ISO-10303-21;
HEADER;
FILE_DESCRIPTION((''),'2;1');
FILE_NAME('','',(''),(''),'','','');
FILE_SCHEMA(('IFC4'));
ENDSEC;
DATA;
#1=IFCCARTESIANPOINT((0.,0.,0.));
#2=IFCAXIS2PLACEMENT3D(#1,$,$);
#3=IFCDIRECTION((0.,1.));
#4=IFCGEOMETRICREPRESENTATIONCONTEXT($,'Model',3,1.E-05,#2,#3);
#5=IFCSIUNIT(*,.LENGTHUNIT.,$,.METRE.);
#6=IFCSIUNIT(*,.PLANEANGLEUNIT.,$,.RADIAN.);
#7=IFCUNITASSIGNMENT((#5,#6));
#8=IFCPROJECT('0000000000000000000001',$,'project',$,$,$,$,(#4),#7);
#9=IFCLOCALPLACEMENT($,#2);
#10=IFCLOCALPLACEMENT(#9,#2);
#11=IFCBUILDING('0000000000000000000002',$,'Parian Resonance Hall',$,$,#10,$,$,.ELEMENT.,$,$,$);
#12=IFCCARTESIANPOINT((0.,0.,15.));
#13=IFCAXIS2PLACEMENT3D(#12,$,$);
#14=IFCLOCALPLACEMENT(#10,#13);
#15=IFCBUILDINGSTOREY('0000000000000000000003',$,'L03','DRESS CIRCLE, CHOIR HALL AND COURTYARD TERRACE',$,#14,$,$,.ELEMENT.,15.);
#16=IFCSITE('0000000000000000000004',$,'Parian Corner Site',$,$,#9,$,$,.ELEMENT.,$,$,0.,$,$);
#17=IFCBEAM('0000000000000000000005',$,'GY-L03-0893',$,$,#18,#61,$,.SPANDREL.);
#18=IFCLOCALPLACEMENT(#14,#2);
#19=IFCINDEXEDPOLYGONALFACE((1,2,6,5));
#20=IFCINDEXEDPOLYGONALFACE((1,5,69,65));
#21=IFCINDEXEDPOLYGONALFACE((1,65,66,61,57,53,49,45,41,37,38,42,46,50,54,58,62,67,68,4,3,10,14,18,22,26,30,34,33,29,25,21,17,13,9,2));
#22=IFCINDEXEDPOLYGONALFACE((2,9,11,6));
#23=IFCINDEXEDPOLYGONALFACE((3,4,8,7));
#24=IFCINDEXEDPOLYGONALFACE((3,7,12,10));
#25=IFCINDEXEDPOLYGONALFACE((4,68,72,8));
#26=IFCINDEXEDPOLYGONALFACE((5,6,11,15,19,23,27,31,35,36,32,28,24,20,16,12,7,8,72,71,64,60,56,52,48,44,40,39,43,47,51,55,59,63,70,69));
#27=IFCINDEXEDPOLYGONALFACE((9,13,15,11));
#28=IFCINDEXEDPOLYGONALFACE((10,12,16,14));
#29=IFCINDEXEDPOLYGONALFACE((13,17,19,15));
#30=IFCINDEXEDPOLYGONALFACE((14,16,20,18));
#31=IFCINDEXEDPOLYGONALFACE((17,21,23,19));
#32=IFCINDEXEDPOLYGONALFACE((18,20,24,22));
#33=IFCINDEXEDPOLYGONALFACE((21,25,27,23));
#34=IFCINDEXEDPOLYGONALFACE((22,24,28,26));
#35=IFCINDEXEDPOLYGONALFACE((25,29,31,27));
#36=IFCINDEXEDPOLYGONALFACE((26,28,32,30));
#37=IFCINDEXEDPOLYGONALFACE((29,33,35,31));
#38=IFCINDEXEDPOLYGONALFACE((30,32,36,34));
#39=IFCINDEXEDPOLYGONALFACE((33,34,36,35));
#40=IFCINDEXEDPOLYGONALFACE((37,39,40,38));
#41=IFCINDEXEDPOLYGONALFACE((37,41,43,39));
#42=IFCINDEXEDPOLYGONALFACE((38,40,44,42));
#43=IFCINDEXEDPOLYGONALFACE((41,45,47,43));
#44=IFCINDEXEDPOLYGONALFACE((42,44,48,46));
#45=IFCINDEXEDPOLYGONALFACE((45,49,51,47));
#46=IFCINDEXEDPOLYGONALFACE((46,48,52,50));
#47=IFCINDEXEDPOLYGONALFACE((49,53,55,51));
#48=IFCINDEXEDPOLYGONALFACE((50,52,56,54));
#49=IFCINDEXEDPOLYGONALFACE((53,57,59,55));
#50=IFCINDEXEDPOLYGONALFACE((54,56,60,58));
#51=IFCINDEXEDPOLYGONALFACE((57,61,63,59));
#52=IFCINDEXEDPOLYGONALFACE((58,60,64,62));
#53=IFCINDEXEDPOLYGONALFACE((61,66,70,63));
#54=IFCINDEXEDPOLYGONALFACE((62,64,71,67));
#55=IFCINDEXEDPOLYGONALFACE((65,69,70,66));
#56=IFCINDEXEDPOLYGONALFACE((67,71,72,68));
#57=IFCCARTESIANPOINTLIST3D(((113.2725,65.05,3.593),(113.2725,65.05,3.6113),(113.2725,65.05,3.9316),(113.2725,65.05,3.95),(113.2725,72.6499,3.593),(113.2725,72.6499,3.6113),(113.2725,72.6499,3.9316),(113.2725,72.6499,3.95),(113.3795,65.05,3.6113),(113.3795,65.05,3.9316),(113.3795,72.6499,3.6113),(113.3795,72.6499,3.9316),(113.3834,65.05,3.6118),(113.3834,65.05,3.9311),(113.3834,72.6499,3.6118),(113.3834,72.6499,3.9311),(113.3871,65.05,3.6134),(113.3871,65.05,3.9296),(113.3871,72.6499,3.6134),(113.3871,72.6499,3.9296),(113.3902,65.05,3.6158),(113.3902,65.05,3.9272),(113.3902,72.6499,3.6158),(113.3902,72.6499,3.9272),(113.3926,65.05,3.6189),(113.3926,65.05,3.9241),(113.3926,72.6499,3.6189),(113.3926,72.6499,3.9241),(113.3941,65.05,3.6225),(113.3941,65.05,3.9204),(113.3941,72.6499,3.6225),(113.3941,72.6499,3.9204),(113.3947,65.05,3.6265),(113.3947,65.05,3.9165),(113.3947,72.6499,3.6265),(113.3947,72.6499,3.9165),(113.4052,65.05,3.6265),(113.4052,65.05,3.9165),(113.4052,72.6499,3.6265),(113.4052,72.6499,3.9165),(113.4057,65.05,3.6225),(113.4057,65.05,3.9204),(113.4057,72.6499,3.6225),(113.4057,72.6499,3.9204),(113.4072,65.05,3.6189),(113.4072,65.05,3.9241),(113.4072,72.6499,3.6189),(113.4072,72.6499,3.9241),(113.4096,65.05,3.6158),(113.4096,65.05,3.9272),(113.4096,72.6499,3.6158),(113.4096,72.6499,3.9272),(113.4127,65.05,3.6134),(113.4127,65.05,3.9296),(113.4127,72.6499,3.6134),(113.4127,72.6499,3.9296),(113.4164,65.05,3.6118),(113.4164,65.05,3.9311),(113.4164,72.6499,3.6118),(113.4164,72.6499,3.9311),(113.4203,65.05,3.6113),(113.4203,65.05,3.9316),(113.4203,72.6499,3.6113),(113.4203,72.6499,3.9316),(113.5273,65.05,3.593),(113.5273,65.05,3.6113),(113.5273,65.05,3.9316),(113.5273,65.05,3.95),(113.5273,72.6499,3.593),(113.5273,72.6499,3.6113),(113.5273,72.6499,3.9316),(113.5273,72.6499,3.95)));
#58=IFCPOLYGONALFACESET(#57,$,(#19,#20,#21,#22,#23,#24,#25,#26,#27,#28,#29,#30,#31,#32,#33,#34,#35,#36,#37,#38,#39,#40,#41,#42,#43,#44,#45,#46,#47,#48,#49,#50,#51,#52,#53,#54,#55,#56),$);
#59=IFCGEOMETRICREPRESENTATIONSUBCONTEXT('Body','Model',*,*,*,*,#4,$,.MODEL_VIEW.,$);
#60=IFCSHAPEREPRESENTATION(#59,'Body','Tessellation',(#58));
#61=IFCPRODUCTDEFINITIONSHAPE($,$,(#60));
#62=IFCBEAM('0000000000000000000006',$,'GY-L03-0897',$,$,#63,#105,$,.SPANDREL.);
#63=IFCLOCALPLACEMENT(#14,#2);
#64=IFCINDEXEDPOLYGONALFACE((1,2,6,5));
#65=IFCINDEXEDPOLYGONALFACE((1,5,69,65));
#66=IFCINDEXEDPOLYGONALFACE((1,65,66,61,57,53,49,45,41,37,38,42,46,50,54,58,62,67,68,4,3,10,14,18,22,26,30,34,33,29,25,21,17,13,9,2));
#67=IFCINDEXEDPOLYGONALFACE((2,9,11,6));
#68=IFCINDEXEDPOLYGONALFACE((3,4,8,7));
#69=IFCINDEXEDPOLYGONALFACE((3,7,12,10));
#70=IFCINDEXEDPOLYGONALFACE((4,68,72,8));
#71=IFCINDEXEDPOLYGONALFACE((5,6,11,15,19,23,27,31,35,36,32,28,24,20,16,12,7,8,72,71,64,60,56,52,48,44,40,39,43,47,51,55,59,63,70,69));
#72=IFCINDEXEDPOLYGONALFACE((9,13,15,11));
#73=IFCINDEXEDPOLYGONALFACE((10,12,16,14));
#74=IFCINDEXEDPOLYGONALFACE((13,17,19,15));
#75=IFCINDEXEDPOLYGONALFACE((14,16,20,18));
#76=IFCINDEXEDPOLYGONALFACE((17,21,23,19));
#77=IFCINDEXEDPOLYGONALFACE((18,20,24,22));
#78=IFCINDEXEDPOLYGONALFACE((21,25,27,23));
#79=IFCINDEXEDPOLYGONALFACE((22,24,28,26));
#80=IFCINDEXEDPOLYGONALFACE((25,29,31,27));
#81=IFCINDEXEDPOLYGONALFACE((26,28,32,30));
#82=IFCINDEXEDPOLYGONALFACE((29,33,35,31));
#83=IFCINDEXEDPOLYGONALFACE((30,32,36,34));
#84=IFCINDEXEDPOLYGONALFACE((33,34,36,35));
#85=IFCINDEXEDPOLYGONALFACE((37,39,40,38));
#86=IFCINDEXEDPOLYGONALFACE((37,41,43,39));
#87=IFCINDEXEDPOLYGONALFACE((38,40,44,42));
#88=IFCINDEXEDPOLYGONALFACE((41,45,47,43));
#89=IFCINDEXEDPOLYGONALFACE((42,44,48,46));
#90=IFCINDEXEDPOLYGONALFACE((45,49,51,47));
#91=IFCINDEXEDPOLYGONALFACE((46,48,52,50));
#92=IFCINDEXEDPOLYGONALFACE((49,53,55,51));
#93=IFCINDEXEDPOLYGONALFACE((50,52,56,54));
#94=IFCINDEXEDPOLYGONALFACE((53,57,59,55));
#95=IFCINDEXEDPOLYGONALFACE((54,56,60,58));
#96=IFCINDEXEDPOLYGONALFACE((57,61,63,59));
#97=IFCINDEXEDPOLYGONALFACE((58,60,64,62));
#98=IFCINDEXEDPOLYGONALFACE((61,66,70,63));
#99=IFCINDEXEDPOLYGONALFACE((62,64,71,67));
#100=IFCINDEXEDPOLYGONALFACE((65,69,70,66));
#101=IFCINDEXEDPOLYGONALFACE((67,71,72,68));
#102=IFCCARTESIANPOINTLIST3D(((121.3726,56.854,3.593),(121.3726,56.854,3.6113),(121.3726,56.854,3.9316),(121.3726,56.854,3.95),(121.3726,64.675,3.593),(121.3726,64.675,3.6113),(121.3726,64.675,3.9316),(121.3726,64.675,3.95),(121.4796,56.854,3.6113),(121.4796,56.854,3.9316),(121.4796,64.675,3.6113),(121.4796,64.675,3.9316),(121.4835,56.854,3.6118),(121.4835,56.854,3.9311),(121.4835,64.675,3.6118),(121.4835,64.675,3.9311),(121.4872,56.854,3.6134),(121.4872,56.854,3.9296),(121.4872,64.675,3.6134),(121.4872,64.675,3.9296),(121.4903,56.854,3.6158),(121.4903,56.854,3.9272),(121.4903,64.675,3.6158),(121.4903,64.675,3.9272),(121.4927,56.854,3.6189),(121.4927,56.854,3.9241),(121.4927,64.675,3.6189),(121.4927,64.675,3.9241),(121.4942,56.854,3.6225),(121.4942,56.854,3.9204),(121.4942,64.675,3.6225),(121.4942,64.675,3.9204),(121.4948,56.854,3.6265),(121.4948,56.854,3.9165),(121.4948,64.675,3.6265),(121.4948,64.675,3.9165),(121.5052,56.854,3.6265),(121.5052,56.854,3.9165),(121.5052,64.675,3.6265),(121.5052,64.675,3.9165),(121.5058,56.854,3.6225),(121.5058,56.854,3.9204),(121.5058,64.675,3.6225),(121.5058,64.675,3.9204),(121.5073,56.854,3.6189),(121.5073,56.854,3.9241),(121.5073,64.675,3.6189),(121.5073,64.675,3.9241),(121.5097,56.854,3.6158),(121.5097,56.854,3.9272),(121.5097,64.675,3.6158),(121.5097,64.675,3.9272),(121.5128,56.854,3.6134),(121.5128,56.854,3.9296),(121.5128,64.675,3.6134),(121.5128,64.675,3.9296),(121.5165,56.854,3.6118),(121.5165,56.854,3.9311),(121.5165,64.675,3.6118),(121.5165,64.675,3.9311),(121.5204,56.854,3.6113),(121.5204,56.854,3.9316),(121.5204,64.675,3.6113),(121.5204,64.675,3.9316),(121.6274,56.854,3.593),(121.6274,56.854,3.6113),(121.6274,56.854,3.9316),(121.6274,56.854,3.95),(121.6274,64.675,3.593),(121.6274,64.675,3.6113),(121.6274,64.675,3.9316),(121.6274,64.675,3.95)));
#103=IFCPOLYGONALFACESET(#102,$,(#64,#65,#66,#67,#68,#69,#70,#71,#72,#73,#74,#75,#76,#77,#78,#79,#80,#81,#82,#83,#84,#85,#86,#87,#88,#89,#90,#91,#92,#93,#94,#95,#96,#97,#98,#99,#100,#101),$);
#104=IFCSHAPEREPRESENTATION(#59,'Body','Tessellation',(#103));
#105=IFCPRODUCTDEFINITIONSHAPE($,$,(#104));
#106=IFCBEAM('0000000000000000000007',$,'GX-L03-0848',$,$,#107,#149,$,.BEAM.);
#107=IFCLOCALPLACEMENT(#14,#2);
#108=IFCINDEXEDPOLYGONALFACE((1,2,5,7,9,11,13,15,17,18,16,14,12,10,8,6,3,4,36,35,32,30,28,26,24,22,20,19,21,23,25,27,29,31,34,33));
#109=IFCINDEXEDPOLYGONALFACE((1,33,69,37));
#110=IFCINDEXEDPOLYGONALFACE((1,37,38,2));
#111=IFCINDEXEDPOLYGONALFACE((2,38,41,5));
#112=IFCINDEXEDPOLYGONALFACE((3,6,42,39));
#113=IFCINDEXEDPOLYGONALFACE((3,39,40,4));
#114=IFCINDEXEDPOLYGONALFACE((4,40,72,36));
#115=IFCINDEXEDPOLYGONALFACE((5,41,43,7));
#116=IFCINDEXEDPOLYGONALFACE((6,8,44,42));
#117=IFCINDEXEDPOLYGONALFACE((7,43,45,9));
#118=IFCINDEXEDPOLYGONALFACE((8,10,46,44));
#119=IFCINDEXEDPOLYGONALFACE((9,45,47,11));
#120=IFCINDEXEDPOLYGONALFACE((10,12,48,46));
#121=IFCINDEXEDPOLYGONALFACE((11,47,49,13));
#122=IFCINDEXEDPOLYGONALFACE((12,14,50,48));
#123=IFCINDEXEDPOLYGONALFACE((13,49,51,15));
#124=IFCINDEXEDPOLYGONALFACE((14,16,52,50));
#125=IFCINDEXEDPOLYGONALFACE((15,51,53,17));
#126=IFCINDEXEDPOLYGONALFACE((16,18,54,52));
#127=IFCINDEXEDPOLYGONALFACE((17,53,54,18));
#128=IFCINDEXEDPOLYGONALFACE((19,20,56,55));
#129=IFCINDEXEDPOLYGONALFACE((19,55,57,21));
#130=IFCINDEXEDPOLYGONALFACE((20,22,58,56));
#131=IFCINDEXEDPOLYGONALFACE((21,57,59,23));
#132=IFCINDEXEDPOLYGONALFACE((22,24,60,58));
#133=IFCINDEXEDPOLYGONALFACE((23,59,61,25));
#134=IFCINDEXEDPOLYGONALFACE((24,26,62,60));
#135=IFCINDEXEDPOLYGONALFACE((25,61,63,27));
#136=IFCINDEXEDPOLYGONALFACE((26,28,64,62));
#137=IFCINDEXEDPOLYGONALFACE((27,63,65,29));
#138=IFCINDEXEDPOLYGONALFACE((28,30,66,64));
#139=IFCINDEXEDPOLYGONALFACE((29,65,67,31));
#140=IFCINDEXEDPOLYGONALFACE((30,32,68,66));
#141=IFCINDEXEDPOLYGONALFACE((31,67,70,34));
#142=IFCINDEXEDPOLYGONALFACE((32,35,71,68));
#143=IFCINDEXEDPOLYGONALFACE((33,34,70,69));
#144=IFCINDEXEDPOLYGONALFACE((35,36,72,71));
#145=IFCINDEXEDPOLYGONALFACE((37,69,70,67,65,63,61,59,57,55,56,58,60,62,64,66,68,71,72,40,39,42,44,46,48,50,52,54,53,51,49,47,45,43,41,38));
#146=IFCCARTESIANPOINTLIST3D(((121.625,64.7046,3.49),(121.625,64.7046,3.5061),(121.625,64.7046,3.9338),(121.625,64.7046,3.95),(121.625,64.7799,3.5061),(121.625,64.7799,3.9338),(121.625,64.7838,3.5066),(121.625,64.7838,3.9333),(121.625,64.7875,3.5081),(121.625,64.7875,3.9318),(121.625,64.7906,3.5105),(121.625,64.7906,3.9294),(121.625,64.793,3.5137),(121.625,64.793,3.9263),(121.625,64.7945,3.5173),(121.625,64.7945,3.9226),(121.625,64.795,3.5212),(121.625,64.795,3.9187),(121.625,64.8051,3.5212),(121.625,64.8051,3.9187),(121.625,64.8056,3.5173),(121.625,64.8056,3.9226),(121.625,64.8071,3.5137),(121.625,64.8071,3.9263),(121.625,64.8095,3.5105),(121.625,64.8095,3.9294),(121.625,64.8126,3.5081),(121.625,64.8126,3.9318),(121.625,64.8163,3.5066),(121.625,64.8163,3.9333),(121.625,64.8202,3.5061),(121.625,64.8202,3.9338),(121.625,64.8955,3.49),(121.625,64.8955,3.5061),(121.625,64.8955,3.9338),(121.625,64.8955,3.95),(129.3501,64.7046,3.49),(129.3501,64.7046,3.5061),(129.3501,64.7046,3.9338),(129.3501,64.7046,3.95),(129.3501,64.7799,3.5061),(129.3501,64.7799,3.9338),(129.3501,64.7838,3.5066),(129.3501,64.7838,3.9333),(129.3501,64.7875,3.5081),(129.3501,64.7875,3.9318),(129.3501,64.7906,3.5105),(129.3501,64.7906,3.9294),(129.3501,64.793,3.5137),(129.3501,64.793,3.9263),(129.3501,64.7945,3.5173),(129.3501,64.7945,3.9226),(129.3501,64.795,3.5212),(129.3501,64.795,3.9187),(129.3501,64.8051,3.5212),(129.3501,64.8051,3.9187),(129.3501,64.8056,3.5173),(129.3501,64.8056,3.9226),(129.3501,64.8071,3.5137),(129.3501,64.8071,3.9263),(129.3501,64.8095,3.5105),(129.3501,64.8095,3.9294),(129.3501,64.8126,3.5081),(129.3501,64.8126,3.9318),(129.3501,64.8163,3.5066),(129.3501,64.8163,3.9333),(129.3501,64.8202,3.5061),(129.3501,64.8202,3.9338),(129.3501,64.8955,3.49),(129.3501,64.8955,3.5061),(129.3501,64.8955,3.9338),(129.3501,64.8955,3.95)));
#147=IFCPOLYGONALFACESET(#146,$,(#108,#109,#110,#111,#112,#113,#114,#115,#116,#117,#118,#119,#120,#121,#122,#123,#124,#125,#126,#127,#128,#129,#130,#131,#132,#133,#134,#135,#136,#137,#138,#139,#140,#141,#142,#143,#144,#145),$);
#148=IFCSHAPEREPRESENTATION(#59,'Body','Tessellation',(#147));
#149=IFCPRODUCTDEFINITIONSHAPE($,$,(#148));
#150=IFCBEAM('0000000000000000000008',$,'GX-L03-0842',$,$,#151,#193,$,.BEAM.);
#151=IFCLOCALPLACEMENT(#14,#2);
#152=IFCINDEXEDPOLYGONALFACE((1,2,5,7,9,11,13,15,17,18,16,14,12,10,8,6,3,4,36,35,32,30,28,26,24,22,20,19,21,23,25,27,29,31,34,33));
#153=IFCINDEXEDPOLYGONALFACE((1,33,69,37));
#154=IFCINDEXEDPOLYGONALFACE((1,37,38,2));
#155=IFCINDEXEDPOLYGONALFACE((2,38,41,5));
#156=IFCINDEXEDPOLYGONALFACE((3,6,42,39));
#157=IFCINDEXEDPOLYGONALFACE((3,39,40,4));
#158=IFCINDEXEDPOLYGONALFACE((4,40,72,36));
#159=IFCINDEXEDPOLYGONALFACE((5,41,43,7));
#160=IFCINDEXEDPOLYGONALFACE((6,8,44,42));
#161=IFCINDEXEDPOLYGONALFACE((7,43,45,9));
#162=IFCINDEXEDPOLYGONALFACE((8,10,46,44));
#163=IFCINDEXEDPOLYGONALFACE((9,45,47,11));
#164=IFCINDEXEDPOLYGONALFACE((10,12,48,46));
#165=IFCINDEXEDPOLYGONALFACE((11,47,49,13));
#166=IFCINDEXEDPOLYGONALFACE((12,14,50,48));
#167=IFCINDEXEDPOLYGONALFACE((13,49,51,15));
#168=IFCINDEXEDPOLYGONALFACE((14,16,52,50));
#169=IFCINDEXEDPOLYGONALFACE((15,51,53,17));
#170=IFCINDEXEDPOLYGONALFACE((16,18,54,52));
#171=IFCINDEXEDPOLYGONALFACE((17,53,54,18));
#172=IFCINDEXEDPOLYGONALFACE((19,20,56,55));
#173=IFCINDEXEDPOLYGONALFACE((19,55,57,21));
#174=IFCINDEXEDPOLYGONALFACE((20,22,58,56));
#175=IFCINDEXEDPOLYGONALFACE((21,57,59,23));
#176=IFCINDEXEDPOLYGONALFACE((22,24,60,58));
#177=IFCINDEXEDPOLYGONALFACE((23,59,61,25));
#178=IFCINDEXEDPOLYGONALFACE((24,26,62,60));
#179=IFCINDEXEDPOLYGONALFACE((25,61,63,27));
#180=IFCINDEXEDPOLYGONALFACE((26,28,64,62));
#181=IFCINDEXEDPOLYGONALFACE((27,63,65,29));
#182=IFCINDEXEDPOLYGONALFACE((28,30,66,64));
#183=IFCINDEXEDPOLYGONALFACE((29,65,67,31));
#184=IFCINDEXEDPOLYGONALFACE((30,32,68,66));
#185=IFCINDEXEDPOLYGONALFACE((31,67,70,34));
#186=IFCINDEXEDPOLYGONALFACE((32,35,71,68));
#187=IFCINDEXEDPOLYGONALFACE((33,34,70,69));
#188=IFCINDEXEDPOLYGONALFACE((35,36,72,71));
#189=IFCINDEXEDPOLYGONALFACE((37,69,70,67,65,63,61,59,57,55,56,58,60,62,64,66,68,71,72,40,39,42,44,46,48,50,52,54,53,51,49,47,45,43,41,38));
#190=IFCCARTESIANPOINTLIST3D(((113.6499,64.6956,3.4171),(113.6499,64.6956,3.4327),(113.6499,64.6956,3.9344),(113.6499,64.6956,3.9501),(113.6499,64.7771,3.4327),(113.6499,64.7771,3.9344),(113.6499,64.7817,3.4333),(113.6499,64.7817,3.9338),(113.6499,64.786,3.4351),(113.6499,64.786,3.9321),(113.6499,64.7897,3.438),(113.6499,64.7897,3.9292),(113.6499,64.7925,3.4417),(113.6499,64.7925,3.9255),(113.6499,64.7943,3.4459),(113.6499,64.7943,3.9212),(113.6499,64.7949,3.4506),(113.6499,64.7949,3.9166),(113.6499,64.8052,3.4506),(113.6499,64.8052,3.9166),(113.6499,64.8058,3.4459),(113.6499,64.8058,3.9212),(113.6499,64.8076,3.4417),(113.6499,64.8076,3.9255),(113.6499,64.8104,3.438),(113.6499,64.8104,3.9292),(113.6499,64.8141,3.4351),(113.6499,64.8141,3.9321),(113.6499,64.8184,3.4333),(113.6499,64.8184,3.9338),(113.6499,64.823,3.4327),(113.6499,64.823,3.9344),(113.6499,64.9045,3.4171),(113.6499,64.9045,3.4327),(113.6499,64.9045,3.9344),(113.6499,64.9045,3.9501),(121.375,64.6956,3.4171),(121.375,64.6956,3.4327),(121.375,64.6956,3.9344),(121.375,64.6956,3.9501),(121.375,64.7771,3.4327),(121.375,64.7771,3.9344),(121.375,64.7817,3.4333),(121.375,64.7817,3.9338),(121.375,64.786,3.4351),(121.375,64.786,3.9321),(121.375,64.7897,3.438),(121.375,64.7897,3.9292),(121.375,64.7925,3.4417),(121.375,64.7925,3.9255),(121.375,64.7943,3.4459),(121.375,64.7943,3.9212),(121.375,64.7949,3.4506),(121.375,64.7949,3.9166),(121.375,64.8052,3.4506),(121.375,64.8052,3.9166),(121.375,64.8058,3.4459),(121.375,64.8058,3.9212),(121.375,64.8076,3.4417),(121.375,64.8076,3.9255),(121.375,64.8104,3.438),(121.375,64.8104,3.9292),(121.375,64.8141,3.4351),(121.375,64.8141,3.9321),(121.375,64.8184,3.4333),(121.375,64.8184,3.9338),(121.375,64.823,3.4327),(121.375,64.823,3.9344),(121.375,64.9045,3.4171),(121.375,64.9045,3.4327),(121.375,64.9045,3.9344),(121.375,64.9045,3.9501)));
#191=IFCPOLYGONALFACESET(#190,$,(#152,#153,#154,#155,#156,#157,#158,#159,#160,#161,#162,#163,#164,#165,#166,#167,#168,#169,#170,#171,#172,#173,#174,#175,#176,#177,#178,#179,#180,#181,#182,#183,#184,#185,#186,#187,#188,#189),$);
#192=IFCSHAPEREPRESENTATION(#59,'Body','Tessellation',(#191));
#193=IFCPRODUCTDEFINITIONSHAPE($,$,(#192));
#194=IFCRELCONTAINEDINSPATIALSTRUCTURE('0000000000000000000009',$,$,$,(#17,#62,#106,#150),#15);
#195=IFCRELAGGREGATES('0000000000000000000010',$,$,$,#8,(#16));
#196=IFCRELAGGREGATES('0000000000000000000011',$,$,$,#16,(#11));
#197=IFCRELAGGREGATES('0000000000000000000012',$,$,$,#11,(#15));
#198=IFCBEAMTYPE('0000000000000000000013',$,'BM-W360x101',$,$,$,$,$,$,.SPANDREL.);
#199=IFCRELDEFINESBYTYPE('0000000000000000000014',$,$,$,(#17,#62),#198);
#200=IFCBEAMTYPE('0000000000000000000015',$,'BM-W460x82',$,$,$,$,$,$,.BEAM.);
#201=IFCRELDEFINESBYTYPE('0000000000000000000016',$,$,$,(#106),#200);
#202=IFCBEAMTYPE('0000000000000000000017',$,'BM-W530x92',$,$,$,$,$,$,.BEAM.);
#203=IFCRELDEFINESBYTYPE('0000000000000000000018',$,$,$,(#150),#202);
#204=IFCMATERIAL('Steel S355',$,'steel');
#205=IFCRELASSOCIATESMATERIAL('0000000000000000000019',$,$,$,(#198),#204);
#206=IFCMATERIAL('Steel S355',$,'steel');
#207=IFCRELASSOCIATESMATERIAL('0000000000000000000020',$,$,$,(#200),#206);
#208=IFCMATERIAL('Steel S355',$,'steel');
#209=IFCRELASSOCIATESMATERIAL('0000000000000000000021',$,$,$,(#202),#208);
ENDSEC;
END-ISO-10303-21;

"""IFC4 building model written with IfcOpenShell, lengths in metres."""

from ifc_helpers import new_model, si_unit, direction, frame, origin, origin_2d, place, context, subcontext, project, spatial, i_section, extrude, material, material_profile, profile_set, type_object, element, save


model = new_model("IFC4")

# Units and contexts
model_context = context("Model", 3, precision=1e-05, world=origin(), true_north=direction((0.0, 1.0)))
body_context = subcontext(model_context, "Body", "Model", "MODEL_VIEW")
ifc_project = project(units=[si_unit("LENGTHUNIT", "METRE"), si_unit("PLANEANGLEUNIT", "RADIAN")], contexts=[model_context])

# Site, building, storey
site_placement = place(None, origin())
site = spatial("IfcSite", under=ifc_project, at=site_placement, Name="Parian Corner Site", CompositionType="ELEMENT", RefElevation=0.0)
building_placement = place(site_placement, origin())
building = spatial("IfcBuilding", under=site, at=building_placement, Name="Parian Resonance Hall", CompositionType="ELEMENT")
storey_placement = place(building_placement, frame((0.0, 0.0, 15.0)))
storey = spatial("IfcBuildingStorey", under=building, at=storey_placement, Name="L03", Description="DRESS CIRCLE, CHOIR HALL AND COURTYARD TERRACE", CompositionType="ELEMENT", Elevation=15.0)

# Beams
ifc_material_1 = material(Name="Steel S355", Category="steel")
ifc_material_profile_1 = material_profile(ifc_material_1, i_section(OverallWidth=0.2549, OverallDepth=0.3569, WebThickness=0.0105, FlangeThickness=0.0183, FilletRadius=0.0151, at=origin_2d()), Name="W360x101")
ifc_profile_set_1 = profile_set([ifc_material_profile_1], Name="Steel S355")
beam_type_1 = type_object("IfcBeamType", Name="BM-W360x101", PredefinedType="SPANDREL", material=ifc_profile_set_1)
beam_1_placement = place(storey_placement, frame((113.3999, 65.05, 3.7715), z_axis=(0.0, 1.0, 0.0), x_axis=(-1.0, 0.0, 0.0)))
element("IfcBeam", 1, at=beam_1_placement, inside=storey, type_object=beam_type_1, Name="GY-L03-0893", PredefinedType="SPANDREL", context=body_context, shape_type="SweptSolid", body=[
    extrude(i_section(OverallWidth=0.2549, OverallDepth=0.3569, WebThickness=0.0105, FlangeThickness=0.0183, FilletRadius=0.0151, at=origin_2d()), origin(), (0.0, 0.0, 1.0), 7.5999),
])
beam_2_placement = place(storey_placement, frame((121.5, 56.854, 3.7715), z_axis=(0.0, 1.0, 0.0), x_axis=(-1.0, 0.0, 0.0)))
element("IfcBeam", 2, at=beam_2_placement, inside=storey, type_object=beam_type_1, Name="GY-L03-0897", PredefinedType="SPANDREL", context=body_context, shape_type="SweptSolid", body=[
    extrude(i_section(OverallWidth=0.2549, OverallDepth=0.3569, WebThickness=0.0105, FlangeThickness=0.0183, FilletRadius=0.0151, at=origin_2d()), origin(), (0.0, 0.0, 1.0), 7.821),
])
ifc_material_2 = material(Name="Steel S355", Category="steel")
ifc_material_profile_2 = material_profile(ifc_material_2, i_section(OverallWidth=0.1909, OverallDepth=0.46, WebThickness=0.01, FlangeThickness=0.0161, FilletRadius=0.0151, at=origin_2d()), Name="W460x82")
ifc_profile_set_2 = profile_set([ifc_material_profile_2], Name="Steel S355")
beam_type_2 = type_object("IfcBeamType", Name="BM-W460x82", PredefinedType="BEAM", material=ifc_profile_set_2)
beam_3_placement = place(storey_placement, frame((121.625, 64.8, 3.72), z_axis=(1.0, 0.0, 0.0), x_axis=(0.0, 1.0, 0.0)))
element("IfcBeam", 3, at=beam_3_placement, inside=storey, type_object=beam_type_2, Name="GX-L03-0848", PredefinedType="BEAM", context=body_context, shape_type="SweptSolid", body=[
    extrude(i_section(OverallWidth=0.1909, OverallDepth=0.46, WebThickness=0.01, FlangeThickness=0.0161, FilletRadius=0.0151, at=origin_2d()), origin(), (0.0, 0.0, 1.0), 7.7251),
])
ifc_material_3 = material(Name="Steel S355", Category="steel")
ifc_material_profile_3 = material_profile(ifc_material_3, i_section(OverallWidth=0.209, OverallDepth=0.533, WebThickness=0.0103, FlangeThickness=0.0156, FilletRadius=0.0178, at=origin_2d()), Name="W530x92")
ifc_profile_set_3 = profile_set([ifc_material_profile_3], Name="Steel S355")
beam_type_3 = type_object("IfcBeamType", Name="BM-W530x92", PredefinedType="BEAM", material=ifc_profile_set_3)
beam_4_placement = place(storey_placement, frame((113.6499, 64.8, 3.6836), z_axis=(1.0, 0.0, 0.0), x_axis=(0.0, 1.0, 0.0)))
element("IfcBeam", 4, at=beam_4_placement, inside=storey, type_object=beam_type_3, Name="GX-L03-0842", PredefinedType="BEAM", context=body_context, shape_type="SweptSolid", body=[
    extrude(i_section(OverallWidth=0.209, OverallDepth=0.533, WebThickness=0.0103, FlangeThickness=0.0156, FilletRadius=0.0178, at=origin_2d()), origin(), (0.0, 0.0, 1.0), 7.7251),
])

save(model, "model.ifc")
